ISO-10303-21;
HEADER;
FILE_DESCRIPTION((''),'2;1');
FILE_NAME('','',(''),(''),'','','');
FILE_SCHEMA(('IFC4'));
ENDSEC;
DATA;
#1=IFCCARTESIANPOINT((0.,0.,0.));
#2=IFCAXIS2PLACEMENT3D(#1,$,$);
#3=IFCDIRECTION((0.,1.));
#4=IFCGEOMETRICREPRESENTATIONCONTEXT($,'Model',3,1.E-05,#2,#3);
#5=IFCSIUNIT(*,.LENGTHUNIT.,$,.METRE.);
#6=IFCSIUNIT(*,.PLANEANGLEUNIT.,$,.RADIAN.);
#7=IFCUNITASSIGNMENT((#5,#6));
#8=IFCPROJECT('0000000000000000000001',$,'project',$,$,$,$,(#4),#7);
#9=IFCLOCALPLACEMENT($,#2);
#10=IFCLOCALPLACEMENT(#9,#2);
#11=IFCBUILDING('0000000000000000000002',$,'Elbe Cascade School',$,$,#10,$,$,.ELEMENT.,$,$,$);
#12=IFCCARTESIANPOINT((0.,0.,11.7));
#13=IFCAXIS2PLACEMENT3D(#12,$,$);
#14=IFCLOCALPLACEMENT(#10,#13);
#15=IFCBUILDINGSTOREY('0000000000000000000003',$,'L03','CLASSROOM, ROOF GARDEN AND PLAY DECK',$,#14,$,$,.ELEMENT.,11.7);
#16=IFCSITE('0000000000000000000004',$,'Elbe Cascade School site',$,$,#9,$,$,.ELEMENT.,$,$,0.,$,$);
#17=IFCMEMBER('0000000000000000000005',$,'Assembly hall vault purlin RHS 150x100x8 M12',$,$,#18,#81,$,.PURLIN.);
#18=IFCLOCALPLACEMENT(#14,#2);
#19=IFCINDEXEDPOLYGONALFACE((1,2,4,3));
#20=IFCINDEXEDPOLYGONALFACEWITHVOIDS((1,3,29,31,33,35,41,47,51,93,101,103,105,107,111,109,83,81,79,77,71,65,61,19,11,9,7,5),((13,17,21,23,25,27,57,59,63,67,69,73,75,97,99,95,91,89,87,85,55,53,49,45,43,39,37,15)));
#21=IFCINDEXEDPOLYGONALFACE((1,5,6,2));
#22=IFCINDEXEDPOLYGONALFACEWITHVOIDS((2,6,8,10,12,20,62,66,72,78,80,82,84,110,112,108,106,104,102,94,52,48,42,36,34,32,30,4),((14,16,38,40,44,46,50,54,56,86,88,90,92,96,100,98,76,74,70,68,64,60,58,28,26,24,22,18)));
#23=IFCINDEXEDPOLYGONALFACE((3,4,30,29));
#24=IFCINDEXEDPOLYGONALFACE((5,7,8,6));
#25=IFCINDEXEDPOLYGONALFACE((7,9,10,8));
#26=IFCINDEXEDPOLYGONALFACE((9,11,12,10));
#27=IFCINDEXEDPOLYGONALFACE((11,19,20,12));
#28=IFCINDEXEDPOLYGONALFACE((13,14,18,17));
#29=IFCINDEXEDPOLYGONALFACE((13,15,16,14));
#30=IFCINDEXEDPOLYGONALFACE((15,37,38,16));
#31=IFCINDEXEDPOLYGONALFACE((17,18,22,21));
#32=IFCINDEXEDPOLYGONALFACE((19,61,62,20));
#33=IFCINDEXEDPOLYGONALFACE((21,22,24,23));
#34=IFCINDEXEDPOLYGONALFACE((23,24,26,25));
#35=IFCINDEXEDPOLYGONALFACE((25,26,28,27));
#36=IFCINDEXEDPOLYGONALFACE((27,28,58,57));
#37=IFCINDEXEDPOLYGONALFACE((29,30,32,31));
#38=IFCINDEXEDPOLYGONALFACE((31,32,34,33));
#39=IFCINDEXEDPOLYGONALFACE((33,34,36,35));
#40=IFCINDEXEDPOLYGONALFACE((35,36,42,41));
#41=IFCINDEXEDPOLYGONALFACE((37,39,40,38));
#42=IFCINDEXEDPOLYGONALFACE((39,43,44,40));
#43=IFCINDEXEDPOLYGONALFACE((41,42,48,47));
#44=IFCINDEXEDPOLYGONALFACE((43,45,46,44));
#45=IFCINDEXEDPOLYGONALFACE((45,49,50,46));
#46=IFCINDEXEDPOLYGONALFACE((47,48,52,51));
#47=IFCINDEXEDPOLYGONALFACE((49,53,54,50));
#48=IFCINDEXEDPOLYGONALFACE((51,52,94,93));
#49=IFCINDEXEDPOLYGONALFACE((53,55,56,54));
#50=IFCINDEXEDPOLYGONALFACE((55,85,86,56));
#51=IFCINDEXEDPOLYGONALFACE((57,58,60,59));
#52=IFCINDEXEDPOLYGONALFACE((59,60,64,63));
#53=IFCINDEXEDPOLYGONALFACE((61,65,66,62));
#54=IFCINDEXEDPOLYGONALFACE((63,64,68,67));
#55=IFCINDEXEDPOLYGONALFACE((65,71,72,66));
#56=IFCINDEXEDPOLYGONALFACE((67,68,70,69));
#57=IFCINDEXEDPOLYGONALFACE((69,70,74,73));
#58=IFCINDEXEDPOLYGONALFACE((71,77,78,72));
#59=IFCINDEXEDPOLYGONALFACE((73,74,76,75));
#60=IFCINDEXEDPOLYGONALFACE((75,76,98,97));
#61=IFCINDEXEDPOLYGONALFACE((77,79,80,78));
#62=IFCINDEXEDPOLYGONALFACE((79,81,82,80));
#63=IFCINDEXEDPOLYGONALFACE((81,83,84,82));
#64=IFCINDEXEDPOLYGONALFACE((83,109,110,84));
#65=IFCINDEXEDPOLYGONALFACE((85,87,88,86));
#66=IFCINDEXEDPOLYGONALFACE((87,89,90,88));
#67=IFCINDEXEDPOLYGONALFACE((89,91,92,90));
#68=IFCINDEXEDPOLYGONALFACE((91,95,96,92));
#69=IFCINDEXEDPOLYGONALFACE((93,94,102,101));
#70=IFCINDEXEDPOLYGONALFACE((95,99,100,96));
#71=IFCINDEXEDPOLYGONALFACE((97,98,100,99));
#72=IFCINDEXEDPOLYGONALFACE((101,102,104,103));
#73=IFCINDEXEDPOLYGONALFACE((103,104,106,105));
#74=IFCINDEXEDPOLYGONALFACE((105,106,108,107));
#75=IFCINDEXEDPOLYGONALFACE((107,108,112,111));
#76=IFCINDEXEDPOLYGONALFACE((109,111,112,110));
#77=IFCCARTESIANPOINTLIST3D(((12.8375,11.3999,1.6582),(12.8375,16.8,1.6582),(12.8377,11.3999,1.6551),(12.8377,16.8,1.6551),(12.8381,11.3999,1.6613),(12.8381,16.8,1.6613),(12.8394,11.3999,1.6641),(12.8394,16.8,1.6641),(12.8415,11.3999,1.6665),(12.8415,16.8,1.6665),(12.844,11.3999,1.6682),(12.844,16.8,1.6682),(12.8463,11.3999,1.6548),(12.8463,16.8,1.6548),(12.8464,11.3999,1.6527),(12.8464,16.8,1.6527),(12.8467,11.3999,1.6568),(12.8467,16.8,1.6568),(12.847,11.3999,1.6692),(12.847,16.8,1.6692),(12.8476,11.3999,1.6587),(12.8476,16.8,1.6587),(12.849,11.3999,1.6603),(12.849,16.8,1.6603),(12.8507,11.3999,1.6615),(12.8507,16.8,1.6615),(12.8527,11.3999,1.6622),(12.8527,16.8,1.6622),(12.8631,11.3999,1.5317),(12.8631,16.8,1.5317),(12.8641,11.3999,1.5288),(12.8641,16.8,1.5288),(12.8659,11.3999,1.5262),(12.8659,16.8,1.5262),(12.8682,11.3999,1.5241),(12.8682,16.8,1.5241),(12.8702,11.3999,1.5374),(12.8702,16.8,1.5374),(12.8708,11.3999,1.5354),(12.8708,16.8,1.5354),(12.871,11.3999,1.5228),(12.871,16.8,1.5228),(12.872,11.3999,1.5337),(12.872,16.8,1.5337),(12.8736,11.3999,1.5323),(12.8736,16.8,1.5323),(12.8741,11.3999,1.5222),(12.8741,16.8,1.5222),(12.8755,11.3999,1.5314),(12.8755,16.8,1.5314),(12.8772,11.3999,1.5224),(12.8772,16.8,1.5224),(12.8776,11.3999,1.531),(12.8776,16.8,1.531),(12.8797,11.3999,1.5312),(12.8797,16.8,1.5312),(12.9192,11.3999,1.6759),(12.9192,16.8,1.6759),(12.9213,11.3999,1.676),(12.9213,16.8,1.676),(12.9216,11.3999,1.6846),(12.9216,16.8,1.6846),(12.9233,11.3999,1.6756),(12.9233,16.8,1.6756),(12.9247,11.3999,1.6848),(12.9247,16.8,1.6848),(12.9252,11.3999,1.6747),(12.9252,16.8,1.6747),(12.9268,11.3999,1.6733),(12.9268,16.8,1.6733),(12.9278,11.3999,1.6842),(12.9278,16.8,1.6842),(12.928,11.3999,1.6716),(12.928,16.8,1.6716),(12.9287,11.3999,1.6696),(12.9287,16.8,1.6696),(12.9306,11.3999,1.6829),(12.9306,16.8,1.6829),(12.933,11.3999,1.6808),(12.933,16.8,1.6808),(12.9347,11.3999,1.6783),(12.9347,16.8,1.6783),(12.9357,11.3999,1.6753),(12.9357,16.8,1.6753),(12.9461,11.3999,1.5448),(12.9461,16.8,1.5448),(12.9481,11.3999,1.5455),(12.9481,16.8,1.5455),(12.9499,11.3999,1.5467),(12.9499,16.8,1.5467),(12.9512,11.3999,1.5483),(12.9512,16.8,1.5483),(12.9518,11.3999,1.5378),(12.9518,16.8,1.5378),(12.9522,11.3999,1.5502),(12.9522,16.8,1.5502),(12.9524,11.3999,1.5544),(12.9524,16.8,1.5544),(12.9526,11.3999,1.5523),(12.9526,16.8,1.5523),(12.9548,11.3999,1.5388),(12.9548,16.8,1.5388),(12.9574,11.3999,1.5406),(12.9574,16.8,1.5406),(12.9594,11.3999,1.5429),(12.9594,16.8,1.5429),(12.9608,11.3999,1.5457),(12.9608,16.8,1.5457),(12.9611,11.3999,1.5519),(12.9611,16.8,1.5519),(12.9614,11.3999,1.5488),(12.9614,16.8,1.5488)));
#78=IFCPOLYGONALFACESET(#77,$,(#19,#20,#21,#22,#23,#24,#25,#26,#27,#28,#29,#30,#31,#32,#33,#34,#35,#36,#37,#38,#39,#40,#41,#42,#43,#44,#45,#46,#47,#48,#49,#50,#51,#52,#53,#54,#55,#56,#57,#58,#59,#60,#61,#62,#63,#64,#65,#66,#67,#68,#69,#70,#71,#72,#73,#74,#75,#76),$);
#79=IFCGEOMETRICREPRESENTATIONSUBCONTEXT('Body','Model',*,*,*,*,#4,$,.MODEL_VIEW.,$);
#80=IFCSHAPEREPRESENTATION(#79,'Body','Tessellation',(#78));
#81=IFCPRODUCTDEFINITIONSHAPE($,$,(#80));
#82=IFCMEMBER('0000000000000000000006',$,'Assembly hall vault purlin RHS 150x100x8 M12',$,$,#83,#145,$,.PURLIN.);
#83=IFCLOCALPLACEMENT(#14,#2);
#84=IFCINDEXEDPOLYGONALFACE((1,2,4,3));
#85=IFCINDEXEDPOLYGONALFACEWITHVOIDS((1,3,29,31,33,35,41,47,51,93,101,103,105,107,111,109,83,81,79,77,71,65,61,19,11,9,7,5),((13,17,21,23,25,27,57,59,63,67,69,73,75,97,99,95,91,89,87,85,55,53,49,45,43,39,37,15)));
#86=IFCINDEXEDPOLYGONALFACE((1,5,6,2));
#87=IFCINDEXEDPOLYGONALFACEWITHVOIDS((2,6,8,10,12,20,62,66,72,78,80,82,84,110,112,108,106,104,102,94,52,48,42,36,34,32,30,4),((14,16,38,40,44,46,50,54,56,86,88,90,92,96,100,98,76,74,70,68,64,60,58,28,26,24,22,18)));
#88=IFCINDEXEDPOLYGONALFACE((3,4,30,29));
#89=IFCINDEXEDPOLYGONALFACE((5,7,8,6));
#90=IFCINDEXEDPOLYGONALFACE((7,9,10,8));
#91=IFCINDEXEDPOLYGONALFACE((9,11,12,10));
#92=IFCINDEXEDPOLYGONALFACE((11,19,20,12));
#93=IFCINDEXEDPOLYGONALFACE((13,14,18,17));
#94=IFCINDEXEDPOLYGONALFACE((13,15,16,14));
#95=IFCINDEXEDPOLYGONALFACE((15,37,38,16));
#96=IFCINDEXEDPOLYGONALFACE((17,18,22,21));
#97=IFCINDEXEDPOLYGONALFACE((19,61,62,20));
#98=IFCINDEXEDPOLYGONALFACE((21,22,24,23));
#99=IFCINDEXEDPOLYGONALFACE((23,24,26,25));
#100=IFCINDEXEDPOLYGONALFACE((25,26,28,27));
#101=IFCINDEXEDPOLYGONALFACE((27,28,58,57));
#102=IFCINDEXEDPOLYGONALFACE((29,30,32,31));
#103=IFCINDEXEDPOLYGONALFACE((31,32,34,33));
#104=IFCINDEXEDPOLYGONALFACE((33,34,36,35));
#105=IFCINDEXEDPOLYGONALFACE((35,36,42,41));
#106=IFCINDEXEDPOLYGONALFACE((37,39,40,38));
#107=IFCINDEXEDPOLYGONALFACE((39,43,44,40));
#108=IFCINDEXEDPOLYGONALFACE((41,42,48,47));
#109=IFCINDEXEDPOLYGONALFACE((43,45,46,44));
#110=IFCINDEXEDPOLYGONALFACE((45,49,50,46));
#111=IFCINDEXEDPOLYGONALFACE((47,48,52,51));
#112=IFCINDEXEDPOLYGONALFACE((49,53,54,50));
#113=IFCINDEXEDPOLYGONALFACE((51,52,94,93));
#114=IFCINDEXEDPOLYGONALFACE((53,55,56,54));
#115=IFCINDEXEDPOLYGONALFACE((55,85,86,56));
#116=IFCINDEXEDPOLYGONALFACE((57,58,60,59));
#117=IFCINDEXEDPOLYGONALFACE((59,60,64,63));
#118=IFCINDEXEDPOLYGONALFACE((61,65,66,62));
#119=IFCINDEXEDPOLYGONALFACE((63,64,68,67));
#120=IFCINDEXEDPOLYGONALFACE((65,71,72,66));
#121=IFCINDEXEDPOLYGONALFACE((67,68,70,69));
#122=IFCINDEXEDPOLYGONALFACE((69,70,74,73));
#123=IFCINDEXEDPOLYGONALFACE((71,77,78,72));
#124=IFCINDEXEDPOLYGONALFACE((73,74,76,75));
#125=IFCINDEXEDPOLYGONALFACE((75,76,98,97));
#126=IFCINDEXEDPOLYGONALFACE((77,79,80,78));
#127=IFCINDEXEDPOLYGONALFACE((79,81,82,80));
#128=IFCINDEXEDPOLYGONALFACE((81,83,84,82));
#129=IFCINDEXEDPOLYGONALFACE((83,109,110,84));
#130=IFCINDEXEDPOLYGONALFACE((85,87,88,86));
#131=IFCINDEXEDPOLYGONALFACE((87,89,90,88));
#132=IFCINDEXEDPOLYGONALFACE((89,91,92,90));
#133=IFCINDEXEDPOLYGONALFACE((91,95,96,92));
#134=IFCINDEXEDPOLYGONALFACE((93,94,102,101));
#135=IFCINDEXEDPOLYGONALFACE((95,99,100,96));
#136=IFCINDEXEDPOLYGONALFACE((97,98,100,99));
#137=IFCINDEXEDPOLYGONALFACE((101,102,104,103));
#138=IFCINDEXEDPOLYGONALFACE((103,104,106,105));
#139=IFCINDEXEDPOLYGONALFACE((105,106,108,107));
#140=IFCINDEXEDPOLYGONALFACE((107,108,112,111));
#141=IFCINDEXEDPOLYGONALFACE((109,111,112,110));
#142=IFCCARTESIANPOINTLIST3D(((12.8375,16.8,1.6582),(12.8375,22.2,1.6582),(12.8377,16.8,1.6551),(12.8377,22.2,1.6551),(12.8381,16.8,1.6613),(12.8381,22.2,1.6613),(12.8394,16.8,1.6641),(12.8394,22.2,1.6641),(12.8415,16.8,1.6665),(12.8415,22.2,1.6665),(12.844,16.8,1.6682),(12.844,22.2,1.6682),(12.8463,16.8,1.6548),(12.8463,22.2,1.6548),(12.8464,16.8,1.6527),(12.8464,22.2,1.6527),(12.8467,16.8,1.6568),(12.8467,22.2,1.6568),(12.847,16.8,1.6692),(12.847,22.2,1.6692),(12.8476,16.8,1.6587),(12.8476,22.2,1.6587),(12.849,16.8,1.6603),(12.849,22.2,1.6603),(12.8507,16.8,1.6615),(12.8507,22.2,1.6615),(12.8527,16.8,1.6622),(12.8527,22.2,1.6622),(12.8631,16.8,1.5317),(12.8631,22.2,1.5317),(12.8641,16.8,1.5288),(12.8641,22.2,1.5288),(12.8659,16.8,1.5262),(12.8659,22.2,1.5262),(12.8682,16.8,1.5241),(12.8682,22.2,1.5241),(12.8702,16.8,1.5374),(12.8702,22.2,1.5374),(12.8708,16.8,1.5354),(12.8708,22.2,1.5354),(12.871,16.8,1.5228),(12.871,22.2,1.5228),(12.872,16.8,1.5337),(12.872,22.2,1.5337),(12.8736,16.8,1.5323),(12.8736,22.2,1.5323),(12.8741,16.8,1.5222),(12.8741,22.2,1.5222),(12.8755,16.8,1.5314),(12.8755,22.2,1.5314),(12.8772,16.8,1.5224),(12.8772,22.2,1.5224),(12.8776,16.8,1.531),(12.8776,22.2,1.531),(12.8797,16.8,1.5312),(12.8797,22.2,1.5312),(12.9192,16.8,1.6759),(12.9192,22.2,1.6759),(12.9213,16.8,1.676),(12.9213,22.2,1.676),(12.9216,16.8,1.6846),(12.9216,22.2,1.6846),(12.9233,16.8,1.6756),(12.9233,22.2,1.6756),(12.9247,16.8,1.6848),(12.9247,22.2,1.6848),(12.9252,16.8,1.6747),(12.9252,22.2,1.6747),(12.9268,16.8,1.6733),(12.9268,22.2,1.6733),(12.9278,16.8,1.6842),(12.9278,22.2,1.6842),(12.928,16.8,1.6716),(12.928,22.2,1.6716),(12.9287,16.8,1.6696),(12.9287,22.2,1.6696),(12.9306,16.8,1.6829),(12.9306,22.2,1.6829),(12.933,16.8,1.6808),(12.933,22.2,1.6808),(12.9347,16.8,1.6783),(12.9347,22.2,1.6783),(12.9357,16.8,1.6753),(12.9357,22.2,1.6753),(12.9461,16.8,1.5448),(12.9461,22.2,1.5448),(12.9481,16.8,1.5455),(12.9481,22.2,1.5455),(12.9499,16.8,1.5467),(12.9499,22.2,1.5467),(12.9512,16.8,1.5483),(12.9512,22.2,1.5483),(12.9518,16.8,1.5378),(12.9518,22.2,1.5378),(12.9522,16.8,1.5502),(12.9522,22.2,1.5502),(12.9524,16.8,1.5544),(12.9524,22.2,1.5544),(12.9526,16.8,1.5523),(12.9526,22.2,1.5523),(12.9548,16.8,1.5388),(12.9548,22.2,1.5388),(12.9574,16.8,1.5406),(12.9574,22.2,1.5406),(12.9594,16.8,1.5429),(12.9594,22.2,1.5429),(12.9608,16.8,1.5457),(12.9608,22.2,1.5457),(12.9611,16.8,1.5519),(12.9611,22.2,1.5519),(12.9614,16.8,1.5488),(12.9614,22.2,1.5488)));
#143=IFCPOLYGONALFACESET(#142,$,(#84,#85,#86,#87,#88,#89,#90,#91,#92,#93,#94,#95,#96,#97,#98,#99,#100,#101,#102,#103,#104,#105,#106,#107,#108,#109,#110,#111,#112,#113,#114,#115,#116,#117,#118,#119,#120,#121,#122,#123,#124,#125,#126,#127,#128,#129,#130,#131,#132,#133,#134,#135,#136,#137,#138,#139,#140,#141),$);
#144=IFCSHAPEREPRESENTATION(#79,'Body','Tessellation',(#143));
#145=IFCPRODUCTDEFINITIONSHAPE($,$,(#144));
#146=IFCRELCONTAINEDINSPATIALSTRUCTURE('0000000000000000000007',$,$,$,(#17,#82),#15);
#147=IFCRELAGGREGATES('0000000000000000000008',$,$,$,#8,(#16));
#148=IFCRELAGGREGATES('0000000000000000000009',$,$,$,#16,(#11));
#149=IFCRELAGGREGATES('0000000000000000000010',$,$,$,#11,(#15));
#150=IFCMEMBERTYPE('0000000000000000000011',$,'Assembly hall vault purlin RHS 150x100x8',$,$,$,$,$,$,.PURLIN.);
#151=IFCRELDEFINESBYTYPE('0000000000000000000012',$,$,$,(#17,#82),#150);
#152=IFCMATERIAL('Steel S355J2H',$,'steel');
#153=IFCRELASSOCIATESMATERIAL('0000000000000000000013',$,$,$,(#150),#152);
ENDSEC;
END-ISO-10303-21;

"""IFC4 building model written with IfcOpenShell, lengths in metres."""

from ifc_helpers import new_model, si_unit, direction, frame, origin, origin_2d, place, context, subcontext, project, spatial, hollow_rectangle, extrude, material, material_profile, profile_set, type_object, element, save


model = new_model("IFC4")

# Units and contexts
model_context = context("Model", 3, precision=1e-05, world=origin(), true_north=direction((0.0, 1.0)))
body_context = subcontext(model_context, "Body", "Model", "MODEL_VIEW")
ifc_project = project(units=[si_unit("LENGTHUNIT", "METRE"), si_unit("PLANEANGLEUNIT", "RADIAN")], contexts=[model_context])

# Site, building, storey
site_placement = place(None, origin())
site = spatial("IfcSite", under=ifc_project, at=site_placement, Name="Elbe Cascade School site", CompositionType="ELEMENT", RefElevation=0.0)
building_placement = place(site_placement, origin())
building = spatial("IfcBuilding", under=site, at=building_placement, Name="Elbe Cascade School", CompositionType="ELEMENT")
storey_placement = place(building_placement, frame((0.0, 0.0, 11.7)))
storey = spatial("IfcBuildingStorey", under=building, at=storey_placement, Name="L03", Description="CLASSROOM, ROOF GARDEN AND PLAY DECK", CompositionType="ELEMENT", Elevation=11.7)

# Members
ifc_material_1 = material(Name="Steel S355J2H", Category="steel")
ifc_material_profile_1 = material_profile(ifc_material_1, hollow_rectangle(XDim=0.1001, YDim=0.1499, WallThickness=0.0081, InnerFilletRadius=0.0081, OuterFilletRadius=0.012, at=origin_2d()), Name="RHS 150x100x8")
ifc_profile_set_1 = profile_set([ifc_material_profile_1], Name="Steel S355J2H")
member_type_1 = type_object("IfcMemberType", Name="Assembly hall vault purlin RHS 150x100x8", PredefinedType="PURLIN", material=ifc_profile_set_1)
for number, where, z_axis, x_axis, name in (
    (1, (12.8994, 11.3999, 1.6035), (0.0, 1.0, 0.0), (-0.979451, 0.0, -0.201683), "Assembly hall vault purlin RHS 150x100x8 M12"),
):
    element("IfcMember", number, at=place(storey_placement, frame(where, z_axis=z_axis, x_axis=x_axis)), inside=storey, type_object=member_type_1, Name=name, PredefinedType="PURLIN", context=body_context, shape_type="SweptSolid", body=[
        extrude(hollow_rectangle(XDim=0.1001, YDim=0.1499, WallThickness=0.0081, InnerFilletRadius=0.0081, OuterFilletRadius=0.012, at=origin_2d()), origin(), (0.0, 0.0, 1.0), 5.4001),
    ])
member_1_placement = place(storey_placement, frame((12.8994, 16.8, 1.6035), z_axis=(0.0, 1.0, 0.0), x_axis=(-0.979451, 0.0, -0.201683)))
element("IfcMember", 2, at=member_1_placement, inside=storey, type_object=member_type_1, Name="Assembly hall vault purlin RHS 150x100x8 M12", PredefinedType="PURLIN", context=body_context, shape_type="SweptSolid", body=[
    extrude(hollow_rectangle(XDim=0.1001, YDim=0.1499, WallThickness=0.0081, InnerFilletRadius=0.0081, OuterFilletRadius=0.012, at=origin_2d()), origin(), (0.0, 0.0, 1.0), 5.3999),
])

save(model, "model.ifc")
